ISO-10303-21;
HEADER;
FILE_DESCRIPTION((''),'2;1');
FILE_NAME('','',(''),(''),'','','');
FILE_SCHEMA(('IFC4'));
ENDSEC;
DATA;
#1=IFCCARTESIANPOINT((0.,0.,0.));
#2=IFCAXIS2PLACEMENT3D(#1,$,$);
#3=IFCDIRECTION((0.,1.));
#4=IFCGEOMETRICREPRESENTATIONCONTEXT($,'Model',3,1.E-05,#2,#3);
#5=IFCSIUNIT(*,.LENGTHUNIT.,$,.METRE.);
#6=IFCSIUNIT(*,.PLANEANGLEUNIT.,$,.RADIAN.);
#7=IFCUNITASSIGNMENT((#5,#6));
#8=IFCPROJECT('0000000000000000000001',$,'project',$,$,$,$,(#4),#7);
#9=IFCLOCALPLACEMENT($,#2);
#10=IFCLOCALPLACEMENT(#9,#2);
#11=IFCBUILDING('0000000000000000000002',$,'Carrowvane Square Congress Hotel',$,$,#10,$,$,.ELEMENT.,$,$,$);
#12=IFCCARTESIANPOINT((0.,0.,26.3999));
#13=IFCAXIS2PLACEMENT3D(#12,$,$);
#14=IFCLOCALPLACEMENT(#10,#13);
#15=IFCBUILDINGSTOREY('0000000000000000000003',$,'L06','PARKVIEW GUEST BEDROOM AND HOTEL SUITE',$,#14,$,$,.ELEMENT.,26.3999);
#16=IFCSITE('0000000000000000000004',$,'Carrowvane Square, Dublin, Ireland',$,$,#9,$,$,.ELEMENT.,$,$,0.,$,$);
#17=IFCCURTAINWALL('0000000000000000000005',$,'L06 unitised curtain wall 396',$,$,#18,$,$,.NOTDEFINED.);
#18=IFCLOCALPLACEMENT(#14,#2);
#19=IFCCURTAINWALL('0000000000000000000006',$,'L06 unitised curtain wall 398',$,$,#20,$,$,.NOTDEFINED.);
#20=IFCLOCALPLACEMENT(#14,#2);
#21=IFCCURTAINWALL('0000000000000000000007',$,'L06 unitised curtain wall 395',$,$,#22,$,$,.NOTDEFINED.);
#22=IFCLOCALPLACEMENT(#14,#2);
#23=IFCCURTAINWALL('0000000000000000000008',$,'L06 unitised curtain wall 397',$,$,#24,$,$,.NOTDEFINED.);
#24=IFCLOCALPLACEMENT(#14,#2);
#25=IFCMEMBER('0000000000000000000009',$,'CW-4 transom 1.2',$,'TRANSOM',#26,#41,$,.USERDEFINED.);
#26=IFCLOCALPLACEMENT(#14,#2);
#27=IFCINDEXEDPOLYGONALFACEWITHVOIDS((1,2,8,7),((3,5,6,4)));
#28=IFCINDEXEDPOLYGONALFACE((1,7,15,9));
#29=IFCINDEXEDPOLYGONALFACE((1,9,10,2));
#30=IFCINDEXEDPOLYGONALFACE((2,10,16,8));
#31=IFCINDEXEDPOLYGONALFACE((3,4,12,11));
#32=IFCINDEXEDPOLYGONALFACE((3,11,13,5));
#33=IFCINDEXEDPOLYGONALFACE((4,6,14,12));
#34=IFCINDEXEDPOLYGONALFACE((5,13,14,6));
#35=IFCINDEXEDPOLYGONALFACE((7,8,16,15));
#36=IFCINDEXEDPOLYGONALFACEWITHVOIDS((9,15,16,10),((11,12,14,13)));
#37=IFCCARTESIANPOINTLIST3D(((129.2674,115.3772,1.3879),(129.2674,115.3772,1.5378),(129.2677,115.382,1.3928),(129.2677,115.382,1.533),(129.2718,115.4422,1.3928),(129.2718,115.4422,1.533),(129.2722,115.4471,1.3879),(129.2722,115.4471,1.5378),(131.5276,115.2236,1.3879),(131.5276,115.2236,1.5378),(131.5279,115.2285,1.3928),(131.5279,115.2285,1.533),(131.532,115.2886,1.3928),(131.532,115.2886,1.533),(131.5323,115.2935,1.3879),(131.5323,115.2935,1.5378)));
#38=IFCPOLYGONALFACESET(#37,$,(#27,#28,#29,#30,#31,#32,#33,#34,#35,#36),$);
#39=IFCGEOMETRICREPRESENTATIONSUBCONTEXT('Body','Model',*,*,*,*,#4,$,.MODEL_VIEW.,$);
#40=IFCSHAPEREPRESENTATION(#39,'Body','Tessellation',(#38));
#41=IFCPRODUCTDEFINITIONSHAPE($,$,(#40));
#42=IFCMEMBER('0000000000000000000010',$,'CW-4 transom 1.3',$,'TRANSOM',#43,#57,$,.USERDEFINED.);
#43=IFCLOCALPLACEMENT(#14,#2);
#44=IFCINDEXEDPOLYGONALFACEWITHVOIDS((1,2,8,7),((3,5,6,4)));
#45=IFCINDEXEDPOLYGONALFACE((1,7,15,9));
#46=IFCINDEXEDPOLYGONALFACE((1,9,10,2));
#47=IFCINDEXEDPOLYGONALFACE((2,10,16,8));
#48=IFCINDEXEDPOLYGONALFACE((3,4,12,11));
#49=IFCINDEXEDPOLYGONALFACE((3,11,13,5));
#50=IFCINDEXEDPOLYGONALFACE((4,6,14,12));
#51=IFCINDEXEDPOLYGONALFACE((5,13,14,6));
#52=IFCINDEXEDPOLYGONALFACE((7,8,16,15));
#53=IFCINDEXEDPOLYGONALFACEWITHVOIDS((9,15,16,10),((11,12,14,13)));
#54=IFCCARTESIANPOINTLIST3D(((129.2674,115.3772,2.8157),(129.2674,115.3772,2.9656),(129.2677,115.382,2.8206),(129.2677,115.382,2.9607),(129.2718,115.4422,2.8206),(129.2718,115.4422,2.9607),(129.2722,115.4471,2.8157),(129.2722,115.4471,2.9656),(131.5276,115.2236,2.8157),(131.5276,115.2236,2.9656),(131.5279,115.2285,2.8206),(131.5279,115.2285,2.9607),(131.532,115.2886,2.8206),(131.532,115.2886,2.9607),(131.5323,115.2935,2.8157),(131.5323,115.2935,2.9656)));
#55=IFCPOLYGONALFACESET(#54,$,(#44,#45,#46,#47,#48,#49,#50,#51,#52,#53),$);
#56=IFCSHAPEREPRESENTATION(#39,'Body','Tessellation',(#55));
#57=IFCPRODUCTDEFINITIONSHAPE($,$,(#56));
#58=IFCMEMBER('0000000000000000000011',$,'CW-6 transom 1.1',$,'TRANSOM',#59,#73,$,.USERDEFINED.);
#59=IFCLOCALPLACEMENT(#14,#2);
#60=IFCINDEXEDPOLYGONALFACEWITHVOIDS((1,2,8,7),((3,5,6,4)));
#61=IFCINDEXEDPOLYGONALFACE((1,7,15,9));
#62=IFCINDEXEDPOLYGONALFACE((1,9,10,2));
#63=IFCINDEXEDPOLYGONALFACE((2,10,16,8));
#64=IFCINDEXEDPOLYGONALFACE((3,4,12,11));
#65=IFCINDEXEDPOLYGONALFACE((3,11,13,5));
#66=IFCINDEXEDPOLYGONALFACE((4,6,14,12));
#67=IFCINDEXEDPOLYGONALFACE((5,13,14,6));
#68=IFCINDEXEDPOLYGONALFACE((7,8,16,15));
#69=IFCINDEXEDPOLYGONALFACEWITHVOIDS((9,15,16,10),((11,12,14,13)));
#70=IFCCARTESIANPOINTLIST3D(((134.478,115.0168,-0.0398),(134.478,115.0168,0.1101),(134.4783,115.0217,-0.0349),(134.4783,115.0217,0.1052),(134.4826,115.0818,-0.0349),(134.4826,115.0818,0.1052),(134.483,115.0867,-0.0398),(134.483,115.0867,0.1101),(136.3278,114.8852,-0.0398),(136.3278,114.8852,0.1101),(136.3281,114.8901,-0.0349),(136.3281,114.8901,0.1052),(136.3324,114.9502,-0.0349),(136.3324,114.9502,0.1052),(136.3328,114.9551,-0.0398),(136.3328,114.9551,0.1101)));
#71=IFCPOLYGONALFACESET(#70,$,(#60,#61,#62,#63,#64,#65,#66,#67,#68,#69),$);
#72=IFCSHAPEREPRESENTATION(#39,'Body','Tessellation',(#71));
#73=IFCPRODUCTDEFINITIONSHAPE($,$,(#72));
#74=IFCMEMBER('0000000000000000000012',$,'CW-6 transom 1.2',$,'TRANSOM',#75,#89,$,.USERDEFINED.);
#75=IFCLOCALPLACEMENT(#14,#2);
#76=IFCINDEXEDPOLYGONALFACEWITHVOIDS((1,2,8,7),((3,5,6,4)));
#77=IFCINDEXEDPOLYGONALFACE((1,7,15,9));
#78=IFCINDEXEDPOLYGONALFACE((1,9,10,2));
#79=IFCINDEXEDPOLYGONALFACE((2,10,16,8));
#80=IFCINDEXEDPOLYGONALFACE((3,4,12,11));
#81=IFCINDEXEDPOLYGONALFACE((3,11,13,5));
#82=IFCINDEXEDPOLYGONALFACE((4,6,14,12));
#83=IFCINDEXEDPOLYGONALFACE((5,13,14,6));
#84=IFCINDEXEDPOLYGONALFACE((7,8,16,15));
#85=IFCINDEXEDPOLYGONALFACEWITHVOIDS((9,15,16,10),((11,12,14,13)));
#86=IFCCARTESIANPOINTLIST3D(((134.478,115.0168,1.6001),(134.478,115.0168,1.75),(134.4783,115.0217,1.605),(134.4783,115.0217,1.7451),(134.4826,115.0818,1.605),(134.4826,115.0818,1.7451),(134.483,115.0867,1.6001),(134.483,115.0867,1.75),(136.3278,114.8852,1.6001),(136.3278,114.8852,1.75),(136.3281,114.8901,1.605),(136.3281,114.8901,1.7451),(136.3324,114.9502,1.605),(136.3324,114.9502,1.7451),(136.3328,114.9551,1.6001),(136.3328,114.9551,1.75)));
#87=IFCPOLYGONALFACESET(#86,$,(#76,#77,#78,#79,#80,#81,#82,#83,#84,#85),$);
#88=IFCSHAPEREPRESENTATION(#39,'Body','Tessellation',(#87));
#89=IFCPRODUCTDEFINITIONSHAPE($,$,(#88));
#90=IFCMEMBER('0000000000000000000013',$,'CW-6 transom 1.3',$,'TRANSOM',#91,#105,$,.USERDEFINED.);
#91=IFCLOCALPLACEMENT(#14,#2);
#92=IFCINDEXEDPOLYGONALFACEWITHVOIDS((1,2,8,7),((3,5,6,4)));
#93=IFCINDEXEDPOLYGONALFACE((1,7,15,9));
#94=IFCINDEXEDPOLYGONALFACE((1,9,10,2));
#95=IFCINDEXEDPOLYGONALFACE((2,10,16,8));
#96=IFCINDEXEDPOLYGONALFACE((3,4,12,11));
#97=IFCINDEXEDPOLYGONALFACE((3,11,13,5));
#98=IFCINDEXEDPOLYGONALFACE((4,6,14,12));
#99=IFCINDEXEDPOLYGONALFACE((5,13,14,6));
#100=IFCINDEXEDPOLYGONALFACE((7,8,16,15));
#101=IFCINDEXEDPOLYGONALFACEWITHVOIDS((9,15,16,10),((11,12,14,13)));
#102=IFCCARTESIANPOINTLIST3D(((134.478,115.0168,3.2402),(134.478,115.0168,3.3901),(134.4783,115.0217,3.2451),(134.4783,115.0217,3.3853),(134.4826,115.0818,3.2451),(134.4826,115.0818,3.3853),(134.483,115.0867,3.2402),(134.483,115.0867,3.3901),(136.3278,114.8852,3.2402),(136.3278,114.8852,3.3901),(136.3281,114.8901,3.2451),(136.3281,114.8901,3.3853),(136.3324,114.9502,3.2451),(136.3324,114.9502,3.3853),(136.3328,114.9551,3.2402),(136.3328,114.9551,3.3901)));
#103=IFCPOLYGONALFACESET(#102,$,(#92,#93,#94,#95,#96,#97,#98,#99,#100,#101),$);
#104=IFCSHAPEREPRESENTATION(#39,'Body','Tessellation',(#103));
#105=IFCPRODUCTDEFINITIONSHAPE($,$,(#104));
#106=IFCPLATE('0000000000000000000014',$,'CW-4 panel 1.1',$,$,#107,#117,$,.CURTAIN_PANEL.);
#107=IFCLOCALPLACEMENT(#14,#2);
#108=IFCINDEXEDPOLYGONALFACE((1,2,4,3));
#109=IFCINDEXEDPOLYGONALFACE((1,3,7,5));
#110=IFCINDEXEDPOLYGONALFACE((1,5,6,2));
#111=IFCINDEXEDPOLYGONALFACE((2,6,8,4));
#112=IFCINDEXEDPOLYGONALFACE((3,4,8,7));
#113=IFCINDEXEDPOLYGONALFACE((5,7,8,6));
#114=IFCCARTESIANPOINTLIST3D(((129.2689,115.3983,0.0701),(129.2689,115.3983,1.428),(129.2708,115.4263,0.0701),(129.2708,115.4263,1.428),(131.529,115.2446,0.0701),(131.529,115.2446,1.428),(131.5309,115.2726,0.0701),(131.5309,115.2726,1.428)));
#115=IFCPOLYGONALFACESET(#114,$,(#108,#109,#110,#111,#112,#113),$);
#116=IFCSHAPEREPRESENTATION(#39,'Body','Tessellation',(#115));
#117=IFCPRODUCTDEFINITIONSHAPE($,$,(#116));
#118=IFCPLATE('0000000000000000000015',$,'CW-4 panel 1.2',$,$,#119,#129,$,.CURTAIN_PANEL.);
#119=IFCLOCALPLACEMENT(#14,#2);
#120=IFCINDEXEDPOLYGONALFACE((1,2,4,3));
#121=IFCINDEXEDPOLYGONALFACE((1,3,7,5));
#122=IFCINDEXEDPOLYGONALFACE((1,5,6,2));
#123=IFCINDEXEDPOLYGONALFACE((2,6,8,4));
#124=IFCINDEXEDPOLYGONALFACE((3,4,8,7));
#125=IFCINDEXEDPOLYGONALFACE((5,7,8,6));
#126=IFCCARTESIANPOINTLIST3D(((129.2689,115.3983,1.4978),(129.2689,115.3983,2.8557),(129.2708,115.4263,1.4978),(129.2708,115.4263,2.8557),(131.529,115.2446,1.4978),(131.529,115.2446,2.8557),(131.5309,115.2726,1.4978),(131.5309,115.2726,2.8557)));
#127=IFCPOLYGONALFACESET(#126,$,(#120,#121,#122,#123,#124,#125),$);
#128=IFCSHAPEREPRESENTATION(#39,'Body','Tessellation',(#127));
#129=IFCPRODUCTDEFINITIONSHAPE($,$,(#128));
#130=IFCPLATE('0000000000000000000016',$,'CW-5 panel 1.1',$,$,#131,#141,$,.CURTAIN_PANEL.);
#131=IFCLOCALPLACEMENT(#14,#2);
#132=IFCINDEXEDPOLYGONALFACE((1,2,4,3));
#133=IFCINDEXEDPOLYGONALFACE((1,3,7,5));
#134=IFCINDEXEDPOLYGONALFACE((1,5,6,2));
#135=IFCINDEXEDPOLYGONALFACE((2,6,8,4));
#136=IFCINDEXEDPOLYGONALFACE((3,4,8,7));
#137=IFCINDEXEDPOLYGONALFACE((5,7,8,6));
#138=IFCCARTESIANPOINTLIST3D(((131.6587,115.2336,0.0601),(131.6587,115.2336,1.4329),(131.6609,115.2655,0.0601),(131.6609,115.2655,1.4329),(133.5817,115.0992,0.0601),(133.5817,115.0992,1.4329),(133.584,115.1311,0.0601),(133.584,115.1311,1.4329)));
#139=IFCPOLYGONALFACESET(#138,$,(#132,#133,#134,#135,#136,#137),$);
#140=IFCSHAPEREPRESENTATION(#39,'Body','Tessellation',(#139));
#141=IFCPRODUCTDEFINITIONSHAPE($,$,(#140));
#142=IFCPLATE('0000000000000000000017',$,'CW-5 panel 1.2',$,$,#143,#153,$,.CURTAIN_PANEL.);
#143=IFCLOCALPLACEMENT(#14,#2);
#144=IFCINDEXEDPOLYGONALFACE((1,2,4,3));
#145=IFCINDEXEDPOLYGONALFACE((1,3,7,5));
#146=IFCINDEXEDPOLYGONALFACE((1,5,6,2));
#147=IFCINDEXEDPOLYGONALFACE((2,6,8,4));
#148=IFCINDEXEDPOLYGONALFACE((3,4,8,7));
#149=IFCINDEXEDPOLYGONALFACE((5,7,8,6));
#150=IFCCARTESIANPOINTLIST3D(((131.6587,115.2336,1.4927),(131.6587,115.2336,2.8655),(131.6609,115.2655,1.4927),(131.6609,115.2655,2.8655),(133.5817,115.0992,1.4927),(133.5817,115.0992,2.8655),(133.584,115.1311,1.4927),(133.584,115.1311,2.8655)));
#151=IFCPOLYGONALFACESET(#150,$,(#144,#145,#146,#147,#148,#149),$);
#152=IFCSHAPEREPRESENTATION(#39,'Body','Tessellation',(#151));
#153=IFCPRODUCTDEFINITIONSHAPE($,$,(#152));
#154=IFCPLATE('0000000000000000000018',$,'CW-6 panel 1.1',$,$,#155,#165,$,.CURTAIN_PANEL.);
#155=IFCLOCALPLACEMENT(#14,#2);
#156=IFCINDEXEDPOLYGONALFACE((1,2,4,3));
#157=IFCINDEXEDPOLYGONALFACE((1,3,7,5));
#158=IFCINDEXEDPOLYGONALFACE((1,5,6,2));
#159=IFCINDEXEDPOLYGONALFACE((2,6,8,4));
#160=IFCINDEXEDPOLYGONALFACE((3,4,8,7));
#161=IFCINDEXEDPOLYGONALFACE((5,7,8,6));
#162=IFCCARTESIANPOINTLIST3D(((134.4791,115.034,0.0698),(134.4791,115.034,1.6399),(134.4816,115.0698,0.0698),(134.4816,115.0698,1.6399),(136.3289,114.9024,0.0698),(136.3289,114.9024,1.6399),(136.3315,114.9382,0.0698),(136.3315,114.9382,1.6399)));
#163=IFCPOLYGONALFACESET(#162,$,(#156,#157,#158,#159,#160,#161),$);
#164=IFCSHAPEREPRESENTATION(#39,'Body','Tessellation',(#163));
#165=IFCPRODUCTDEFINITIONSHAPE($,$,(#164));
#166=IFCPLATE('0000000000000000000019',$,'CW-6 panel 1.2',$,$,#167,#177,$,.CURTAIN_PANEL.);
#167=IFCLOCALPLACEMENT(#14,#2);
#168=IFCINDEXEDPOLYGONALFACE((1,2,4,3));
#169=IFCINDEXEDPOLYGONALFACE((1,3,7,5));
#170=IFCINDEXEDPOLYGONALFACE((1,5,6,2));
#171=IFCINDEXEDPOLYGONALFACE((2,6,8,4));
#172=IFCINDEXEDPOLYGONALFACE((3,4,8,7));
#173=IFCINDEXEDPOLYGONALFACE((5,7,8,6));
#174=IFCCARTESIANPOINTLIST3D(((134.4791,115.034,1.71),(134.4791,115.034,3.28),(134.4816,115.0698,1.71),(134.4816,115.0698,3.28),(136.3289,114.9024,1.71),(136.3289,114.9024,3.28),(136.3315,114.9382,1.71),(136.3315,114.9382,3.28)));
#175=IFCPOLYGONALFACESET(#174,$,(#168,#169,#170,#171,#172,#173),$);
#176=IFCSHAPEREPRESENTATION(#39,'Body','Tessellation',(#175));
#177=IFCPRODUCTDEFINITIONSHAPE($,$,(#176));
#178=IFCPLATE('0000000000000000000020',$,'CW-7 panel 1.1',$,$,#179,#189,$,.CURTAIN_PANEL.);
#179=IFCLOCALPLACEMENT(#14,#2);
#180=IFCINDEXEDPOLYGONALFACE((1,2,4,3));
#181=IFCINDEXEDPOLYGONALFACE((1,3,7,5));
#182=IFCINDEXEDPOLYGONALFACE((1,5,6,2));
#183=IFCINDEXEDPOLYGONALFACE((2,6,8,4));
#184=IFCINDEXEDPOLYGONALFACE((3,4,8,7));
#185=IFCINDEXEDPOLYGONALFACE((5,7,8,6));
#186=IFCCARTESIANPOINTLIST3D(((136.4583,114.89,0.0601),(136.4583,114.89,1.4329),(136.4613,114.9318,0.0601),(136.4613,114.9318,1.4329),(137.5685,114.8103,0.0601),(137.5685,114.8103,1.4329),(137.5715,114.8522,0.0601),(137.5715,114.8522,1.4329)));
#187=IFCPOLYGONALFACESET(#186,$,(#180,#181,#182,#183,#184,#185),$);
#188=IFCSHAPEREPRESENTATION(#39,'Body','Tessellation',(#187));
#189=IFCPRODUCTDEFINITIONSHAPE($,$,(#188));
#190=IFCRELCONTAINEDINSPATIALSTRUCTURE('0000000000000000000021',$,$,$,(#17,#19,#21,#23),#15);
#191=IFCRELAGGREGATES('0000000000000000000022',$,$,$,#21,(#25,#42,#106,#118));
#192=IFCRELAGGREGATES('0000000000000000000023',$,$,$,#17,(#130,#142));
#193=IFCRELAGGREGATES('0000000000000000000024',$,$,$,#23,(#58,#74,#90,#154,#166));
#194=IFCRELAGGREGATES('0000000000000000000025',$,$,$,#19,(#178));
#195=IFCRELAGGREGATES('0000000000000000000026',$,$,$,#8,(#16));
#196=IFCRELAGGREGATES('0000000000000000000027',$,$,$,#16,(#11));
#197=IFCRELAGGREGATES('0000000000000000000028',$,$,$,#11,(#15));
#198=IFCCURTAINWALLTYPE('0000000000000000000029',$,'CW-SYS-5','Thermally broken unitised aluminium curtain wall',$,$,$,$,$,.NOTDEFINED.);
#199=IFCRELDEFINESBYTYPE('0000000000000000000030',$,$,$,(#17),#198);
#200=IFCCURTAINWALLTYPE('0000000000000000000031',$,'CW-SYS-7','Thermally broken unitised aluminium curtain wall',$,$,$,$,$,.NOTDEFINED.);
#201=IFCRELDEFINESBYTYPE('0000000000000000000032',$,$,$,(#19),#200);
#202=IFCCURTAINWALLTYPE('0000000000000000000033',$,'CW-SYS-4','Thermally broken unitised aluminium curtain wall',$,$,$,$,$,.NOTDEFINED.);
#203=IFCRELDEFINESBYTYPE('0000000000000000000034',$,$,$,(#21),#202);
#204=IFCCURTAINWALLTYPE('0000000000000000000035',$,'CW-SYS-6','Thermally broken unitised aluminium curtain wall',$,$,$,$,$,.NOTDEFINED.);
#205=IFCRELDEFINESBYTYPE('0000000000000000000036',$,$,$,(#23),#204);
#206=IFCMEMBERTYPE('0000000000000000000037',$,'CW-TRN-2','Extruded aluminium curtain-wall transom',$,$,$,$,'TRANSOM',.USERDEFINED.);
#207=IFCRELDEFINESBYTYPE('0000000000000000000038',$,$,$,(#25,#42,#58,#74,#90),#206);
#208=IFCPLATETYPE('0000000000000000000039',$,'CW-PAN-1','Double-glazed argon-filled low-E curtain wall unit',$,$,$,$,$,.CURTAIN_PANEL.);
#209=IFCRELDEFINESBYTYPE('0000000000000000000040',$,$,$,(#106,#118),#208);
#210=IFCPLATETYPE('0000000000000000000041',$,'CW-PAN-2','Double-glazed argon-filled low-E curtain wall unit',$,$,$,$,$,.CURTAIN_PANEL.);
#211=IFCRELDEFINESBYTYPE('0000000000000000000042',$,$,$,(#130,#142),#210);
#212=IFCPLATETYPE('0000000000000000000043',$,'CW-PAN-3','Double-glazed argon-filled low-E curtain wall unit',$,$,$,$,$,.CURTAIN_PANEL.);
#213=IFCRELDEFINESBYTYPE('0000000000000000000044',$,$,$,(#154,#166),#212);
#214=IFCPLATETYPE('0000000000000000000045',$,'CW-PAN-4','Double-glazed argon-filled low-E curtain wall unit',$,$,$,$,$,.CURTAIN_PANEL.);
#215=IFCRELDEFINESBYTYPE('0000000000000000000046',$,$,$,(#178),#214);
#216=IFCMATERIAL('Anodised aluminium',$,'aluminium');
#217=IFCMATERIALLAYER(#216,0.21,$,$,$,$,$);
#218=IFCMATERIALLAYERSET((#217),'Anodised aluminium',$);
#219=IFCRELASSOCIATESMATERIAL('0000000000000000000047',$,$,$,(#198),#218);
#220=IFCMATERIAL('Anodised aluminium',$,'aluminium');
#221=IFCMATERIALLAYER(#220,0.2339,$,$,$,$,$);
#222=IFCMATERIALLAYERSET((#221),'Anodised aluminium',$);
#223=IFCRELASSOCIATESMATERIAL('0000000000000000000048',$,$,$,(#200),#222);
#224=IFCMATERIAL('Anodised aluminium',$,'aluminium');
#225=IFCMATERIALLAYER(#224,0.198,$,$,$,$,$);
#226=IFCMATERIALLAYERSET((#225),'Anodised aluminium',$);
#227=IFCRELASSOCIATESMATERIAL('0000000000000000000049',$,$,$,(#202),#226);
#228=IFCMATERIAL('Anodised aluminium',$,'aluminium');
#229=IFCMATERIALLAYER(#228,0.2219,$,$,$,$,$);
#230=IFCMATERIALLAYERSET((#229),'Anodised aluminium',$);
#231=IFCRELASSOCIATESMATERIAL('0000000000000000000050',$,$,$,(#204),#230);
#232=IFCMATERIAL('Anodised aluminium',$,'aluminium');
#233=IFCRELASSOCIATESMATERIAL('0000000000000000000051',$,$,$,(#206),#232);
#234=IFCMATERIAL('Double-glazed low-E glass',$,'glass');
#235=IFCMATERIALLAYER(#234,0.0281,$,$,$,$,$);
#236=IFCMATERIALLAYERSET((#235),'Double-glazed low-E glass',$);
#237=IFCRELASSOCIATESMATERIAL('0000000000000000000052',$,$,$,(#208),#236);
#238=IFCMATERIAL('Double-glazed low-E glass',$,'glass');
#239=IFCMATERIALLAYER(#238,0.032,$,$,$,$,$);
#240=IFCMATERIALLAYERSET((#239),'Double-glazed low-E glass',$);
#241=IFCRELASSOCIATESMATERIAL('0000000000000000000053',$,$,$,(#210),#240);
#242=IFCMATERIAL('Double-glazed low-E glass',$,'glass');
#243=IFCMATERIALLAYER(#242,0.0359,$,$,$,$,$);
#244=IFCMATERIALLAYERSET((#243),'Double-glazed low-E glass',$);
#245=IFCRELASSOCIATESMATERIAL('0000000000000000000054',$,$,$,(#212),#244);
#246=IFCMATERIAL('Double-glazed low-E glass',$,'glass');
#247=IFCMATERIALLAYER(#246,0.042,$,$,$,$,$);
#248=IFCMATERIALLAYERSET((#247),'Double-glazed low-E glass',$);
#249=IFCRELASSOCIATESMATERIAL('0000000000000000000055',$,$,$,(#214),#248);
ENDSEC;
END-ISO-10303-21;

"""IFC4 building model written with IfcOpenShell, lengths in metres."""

from ifc_helpers import new_model, si_unit, direction, frame, origin, origin_2d, place, context, subcontext, project, spatial, rectangle, hollow_rectangle, extrude, material, layer, layer_set, material_profile, profile_set, type_object, element, aggregate, save


model = new_model("IFC4")

# Units and contexts
model_context = context("Model", 3, precision=1e-05, world=origin(), true_north=direction((0.0, 1.0)))
body_context = subcontext(model_context, "Body", "Model", "MODEL_VIEW")
ifc_project = project(units=[si_unit("LENGTHUNIT", "METRE"), si_unit("PLANEANGLEUNIT", "RADIAN")], contexts=[model_context])

# Site, building, storey
site_placement = place(None, origin())
site = spatial("IfcSite", under=ifc_project, at=site_placement, Name="Carrowvane Square, Dublin, Ireland", CompositionType="ELEMENT", RefElevation=0.0)
building_placement = place(site_placement, origin())
building = spatial("IfcBuilding", under=site, at=building_placement, Name="Carrowvane Square Congress Hotel", CompositionType="ELEMENT")
storey_placement = place(building_placement, frame((0.0, 0.0, 26.3999)))
storey = spatial("IfcBuildingStorey", under=building, at=storey_placement, Name="L06", Description="PARKVIEW GUEST BEDROOM AND HOTEL SUITE", CompositionType="ELEMENT", Elevation=26.3999)

# Curtain walls
ifc_material_1 = material(Name="Anodised aluminium", Category="aluminium")
ifc_layer_1 = layer(ifc_material_1, 0.21)
ifc_layer_set_1 = layer_set([ifc_layer_1], Name="Anodised aluminium")
curtain_wall_type_1 = type_object("IfcCurtainWallType", Name="CW-SYS-5", Description="Thermally broken unitised aluminium curtain wall", PredefinedType="NOTDEFINED", material=ifc_layer_set_1)
curtain_wall_1_placement = place(storey_placement, origin())
curtain_wall_1 = element("IfcCurtainWall", 1, at=curtain_wall_1_placement, inside=storey, type_object=curtain_wall_type_1, Name="L06 unitised curtain wall 396", PredefinedType="NOTDEFINED")
ifc_material_2 = material(Name="Anodised aluminium", Category="aluminium")
ifc_layer_2 = layer(ifc_material_2, 0.2339)
ifc_layer_set_2 = layer_set([ifc_layer_2], Name="Anodised aluminium")
curtain_wall_type_2 = type_object("IfcCurtainWallType", Name="CW-SYS-7", Description="Thermally broken unitised aluminium curtain wall", PredefinedType="NOTDEFINED", material=ifc_layer_set_2)
curtain_wall_2_placement = place(storey_placement, origin())
curtain_wall_2 = element("IfcCurtainWall", 2, at=curtain_wall_2_placement, inside=storey, type_object=curtain_wall_type_2, Name="L06 unitised curtain wall 398", PredefinedType="NOTDEFINED")
ifc_material_3 = material(Name="Anodised aluminium", Category="aluminium")
ifc_layer_3 = layer(ifc_material_3, 0.198)
ifc_layer_set_3 = layer_set([ifc_layer_3], Name="Anodised aluminium")
curtain_wall_type_3 = type_object("IfcCurtainWallType", Name="CW-SYS-4", Description="Thermally broken unitised aluminium curtain wall", PredefinedType="NOTDEFINED", material=ifc_layer_set_3)
curtain_wall_3_placement = place(storey_placement, origin())
curtain_wall_3 = element("IfcCurtainWall", 3, at=curtain_wall_3_placement, inside=storey, type_object=curtain_wall_type_3, Name="L06 unitised curtain wall 395", PredefinedType="NOTDEFINED")
ifc_material_4 = material(Name="Anodised aluminium", Category="aluminium")
ifc_layer_4 = layer(ifc_material_4, 0.2219)
ifc_layer_set_4 = layer_set([ifc_layer_4], Name="Anodised aluminium")
curtain_wall_type_4 = type_object("IfcCurtainWallType", Name="CW-SYS-6", Description="Thermally broken unitised aluminium curtain wall", PredefinedType="NOTDEFINED", material=ifc_layer_set_4)
curtain_wall_4_placement = place(storey_placement, origin())
curtain_wall_4 = element("IfcCurtainWall", 4, at=curtain_wall_4_placement, inside=storey, type_object=curtain_wall_type_4, Name="L06 unitised curtain wall 397", PredefinedType="NOTDEFINED")

# Members
ifc_material_5 = material(Name="Anodised aluminium", Category="aluminium")
ifc_material_profile_1 = material_profile(ifc_material_5, hollow_rectangle(XDim=0.0701, YDim=0.1499, WallThickness=0.0049, at=origin_2d()), Name="CW-TR 70x150x5")
ifc_profile_set_1 = profile_set([ifc_material_profile_1], Name="Anodised aluminium")
member_type_1 = type_object("IfcMemberType", Name="CW-TRN-2", Description="Extruded aluminium curtain-wall transom", ElementType="TRANSOM", PredefinedType="USERDEFINED", material=ifc_profile_set_1)
member_1_placement = place(storey_placement, frame((129.2698, 115.4121, 1.4629), z_axis=(0.9977, -0.067785, 0.0), x_axis=(0.067785, 0.9977, 0.0)))
member_1 = element("IfcMember", 5, at=member_1_placement, type_object=member_type_1, Name="CW-4 transom 1.2", ObjectType="TRANSOM", PredefinedType="USERDEFINED", context=body_context, shape_type="SweptSolid", body=[
    extrude(hollow_rectangle(XDim=0.0701, YDim=0.1499, WallThickness=0.0049, at=origin_2d()), origin(), (0.0, 0.0, 1.0), 2.2654),
])
member_2_placement = place(storey_placement, frame((129.2698, 115.4121, 2.8906), z_axis=(0.9977, -0.067785, 0.0), x_axis=(0.067785, 0.9977, 0.0)))
member_2 = element("IfcMember", 6, at=member_2_placement, type_object=member_type_1, Name="CW-4 transom 1.3", ObjectType="TRANSOM", PredefinedType="USERDEFINED", context=body_context, shape_type="SweptSolid", body=[
    extrude(hollow_rectangle(XDim=0.0701, YDim=0.1499, WallThickness=0.0049, at=origin_2d()), origin(), (0.0, 0.0, 1.0), 2.2654),
])
member_3_placement = place(storey_placement, frame((134.4805, 115.0518, 0.0352), z_axis=(0.997479, -0.070957, 0.0), x_axis=(0.070957, 0.997479, 0.0)))
member_3 = element("IfcMember", 7, at=member_3_placement, type_object=member_type_1, Name="CW-6 transom 1.1", ObjectType="TRANSOM", PredefinedType="USERDEFINED", context=body_context, shape_type="SweptSolid", body=[
    extrude(hollow_rectangle(XDim=0.0701, YDim=0.1499, WallThickness=0.0049, at=origin_2d()), origin(), (0.0, 0.0, 1.0), 1.8545),
])
member_4_placement = place(storey_placement, frame((134.4805, 115.0518, 1.675), z_axis=(0.997479, -0.070957, 0.0), x_axis=(0.070957, 0.997479, 0.0)))
member_4 = element("IfcMember", 8, at=member_4_placement, type_object=member_type_1, Name="CW-6 transom 1.2", ObjectType="TRANSOM", PredefinedType="USERDEFINED", context=body_context, shape_type="SweptSolid", body=[
    extrude(hollow_rectangle(XDim=0.0701, YDim=0.1499, WallThickness=0.0049, at=origin_2d()), origin(), (0.0, 0.0, 1.0), 1.8545),
])
member_5_placement = place(storey_placement, frame((134.4805, 115.0518, 3.3152), z_axis=(0.997479, -0.070957, 0.0), x_axis=(0.070957, 0.997479, 0.0)))
member_5 = element("IfcMember", 9, at=member_5_placement, type_object=member_type_1, Name="CW-6 transom 1.3", ObjectType="TRANSOM", PredefinedType="USERDEFINED", context=body_context, shape_type="SweptSolid", body=[
    extrude(hollow_rectangle(XDim=0.0701, YDim=0.1499, WallThickness=0.0049, at=origin_2d()), origin(), (0.0, 0.0, 1.0), 1.8545),
])

# Plates
ifc_material_6 = material(Name="Double-glazed low-E glass", Category="glass")
ifc_layer_5 = layer(ifc_material_6, 0.0281)
ifc_layer_set_5 = layer_set([ifc_layer_5], Name="Double-glazed low-E glass")
plate_type_1 = type_object("IfcPlateType", Name="CW-PAN-1", Description="Double-glazed argon-filled low-E curtain wall unit", PredefinedType="CURTAIN_PANEL", material=ifc_layer_set_5)
plate_1_placement = place(storey_placement, frame((130.3999, 115.3354, 0.0701), z_axis=(0.0, 0.0, 1.0), x_axis=(0.997694, -0.06787, 0.0)))
plate_1 = element("IfcPlate", 10, at=plate_1_placement, type_object=plate_type_1, Name="CW-4 panel 1.1", PredefinedType="CURTAIN_PANEL", context=body_context, shape_type="SweptSolid", body=[
    extrude(rectangle(XDim=2.2654, YDim=0.0281, at=origin_2d()), origin(), (0.0, 0.0, 1.0), 1.3579),
])
plate_2_placement = place(storey_placement, frame((130.3999, 115.3354, 1.4978), z_axis=(0.0, 0.0, 1.0), x_axis=(0.997694, -0.06787, 0.0)))
plate_2 = element("IfcPlate", 11, at=plate_2_placement, type_object=plate_type_1, Name="CW-4 panel 1.2", PredefinedType="CURTAIN_PANEL", context=body_context, shape_type="SweptSolid", body=[
    extrude(rectangle(XDim=2.2654, YDim=0.0281, at=origin_2d()), origin(), (0.0, 0.0, 1.0), 1.3579),
])
aggregate(curtain_wall_3, [member_1, member_2, plate_1, plate_2])
ifc_material_7 = material(Name="Double-glazed low-E glass", Category="glass")
ifc_layer_6 = layer(ifc_material_7, 0.032)
ifc_layer_set_6 = layer_set([ifc_layer_6], Name="Double-glazed low-E glass")
plate_type_2 = type_object("IfcPlateType", Name="CW-PAN-2", Description="Double-glazed argon-filled low-E curtain wall unit", PredefinedType="CURTAIN_PANEL", material=ifc_layer_set_6)
plate_3_placement = place(storey_placement, frame((132.6213, 115.1824, 0.0601), z_axis=(0.0, 0.0, 1.0), x_axis=(0.997566, -0.069727, 0.0)))
plate_3 = element("IfcPlate", 12, at=plate_3_placement, type_object=plate_type_2, Name="CW-5 panel 1.1", PredefinedType="CURTAIN_PANEL", context=body_context, shape_type="SweptSolid", body=[
    extrude(rectangle(XDim=1.9277, YDim=0.032, at=origin_2d()), origin(), (0.0, 0.0, 1.0), 1.3728),
])
plate_4_placement = place(storey_placement, frame((132.6213, 115.1824, 1.4927), z_axis=(0.0, 0.0, 1.0), x_axis=(0.997566, -0.069727, 0.0)))
plate_4 = element("IfcPlate", 13, at=plate_4_placement, type_object=plate_type_2, Name="CW-5 panel 1.2", PredefinedType="CURTAIN_PANEL", context=body_context, shape_type="SweptSolid", body=[
    extrude(rectangle(XDim=1.9277, YDim=0.032, at=origin_2d()), origin(), (0.0, 0.0, 1.0), 1.3728),
])
aggregate(curtain_wall_1, [plate_3, plate_4])
ifc_material_8 = material(Name="Double-glazed low-E glass", Category="glass")
ifc_layer_7 = layer(ifc_material_8, 0.0359)
ifc_layer_set_7 = layer_set([ifc_layer_7], Name="Double-glazed low-E glass")
plate_type_3 = type_object("IfcPlateType", Name="CW-PAN-3", Description="Double-glazed argon-filled low-E curtain wall unit", PredefinedType="CURTAIN_PANEL", material=ifc_layer_set_7)
plate_5_placement = place(storey_placement, frame((135.4053, 114.9861, 0.0698), z_axis=(0.0, 0.0, 1.0), x_axis=(0.997479, -0.07096, 0.0)))
plate_5 = element("IfcPlate", 14, at=plate_5_placement, type_object=plate_type_3, Name="CW-6 panel 1.1", PredefinedType="CURTAIN_PANEL", context=body_context, shape_type="SweptSolid", body=[
    extrude(rectangle(XDim=1.8545, YDim=0.0359, at=origin_2d()), origin(), (0.0, 0.0, 1.0), 1.5701),
])
plate_6_placement = place(storey_placement, frame((135.4053, 114.9861, 1.71), z_axis=(0.0, 0.0, 1.0), x_axis=(0.997479, -0.07096, 0.0)))
plate_6 = element("IfcPlate", 15, at=plate_6_placement, type_object=plate_type_3, Name="CW-6 panel 1.2", PredefinedType="CURTAIN_PANEL", context=body_context, shape_type="SweptSolid", body=[
    extrude(rectangle(XDim=1.8545, YDim=0.0359, at=origin_2d()), origin(), (0.0, 0.0, 1.0), 1.5701),
])
aggregate(curtain_wall_4, [member_3, member_4, member_5, plate_5, plate_6])
ifc_material_9 = material(Name="Double-glazed low-E glass", Category="glass")
ifc_layer_8 = layer(ifc_material_9, 0.042)
ifc_layer_set_8 = layer_set([ifc_layer_8], Name="Double-glazed low-E glass")
plate_type_4 = type_object("IfcPlateType", Name="CW-PAN-4", Description="Double-glazed argon-filled low-E curtain wall unit", PredefinedType="CURTAIN_PANEL", material=ifc_layer_set_8)
plate_7_placement = place(storey_placement, frame((137.0149, 114.8711, 0.0601), z_axis=(0.0, 0.0, 1.0), x_axis=(0.997438, -0.071532, 0.0)))
plate_7 = element("IfcPlate", 16, at=plate_7_placement, type_object=plate_type_4, Name="CW-7 panel 1.1", PredefinedType="CURTAIN_PANEL", context=body_context, shape_type="SweptSolid", body=[
    extrude(rectangle(XDim=1.113, YDim=0.042, at=origin_2d()), origin(), (0.0, 0.0, 1.0), 1.3728),
])
aggregate(curtain_wall_2, [plate_7])

save(model, "model.ifc")
